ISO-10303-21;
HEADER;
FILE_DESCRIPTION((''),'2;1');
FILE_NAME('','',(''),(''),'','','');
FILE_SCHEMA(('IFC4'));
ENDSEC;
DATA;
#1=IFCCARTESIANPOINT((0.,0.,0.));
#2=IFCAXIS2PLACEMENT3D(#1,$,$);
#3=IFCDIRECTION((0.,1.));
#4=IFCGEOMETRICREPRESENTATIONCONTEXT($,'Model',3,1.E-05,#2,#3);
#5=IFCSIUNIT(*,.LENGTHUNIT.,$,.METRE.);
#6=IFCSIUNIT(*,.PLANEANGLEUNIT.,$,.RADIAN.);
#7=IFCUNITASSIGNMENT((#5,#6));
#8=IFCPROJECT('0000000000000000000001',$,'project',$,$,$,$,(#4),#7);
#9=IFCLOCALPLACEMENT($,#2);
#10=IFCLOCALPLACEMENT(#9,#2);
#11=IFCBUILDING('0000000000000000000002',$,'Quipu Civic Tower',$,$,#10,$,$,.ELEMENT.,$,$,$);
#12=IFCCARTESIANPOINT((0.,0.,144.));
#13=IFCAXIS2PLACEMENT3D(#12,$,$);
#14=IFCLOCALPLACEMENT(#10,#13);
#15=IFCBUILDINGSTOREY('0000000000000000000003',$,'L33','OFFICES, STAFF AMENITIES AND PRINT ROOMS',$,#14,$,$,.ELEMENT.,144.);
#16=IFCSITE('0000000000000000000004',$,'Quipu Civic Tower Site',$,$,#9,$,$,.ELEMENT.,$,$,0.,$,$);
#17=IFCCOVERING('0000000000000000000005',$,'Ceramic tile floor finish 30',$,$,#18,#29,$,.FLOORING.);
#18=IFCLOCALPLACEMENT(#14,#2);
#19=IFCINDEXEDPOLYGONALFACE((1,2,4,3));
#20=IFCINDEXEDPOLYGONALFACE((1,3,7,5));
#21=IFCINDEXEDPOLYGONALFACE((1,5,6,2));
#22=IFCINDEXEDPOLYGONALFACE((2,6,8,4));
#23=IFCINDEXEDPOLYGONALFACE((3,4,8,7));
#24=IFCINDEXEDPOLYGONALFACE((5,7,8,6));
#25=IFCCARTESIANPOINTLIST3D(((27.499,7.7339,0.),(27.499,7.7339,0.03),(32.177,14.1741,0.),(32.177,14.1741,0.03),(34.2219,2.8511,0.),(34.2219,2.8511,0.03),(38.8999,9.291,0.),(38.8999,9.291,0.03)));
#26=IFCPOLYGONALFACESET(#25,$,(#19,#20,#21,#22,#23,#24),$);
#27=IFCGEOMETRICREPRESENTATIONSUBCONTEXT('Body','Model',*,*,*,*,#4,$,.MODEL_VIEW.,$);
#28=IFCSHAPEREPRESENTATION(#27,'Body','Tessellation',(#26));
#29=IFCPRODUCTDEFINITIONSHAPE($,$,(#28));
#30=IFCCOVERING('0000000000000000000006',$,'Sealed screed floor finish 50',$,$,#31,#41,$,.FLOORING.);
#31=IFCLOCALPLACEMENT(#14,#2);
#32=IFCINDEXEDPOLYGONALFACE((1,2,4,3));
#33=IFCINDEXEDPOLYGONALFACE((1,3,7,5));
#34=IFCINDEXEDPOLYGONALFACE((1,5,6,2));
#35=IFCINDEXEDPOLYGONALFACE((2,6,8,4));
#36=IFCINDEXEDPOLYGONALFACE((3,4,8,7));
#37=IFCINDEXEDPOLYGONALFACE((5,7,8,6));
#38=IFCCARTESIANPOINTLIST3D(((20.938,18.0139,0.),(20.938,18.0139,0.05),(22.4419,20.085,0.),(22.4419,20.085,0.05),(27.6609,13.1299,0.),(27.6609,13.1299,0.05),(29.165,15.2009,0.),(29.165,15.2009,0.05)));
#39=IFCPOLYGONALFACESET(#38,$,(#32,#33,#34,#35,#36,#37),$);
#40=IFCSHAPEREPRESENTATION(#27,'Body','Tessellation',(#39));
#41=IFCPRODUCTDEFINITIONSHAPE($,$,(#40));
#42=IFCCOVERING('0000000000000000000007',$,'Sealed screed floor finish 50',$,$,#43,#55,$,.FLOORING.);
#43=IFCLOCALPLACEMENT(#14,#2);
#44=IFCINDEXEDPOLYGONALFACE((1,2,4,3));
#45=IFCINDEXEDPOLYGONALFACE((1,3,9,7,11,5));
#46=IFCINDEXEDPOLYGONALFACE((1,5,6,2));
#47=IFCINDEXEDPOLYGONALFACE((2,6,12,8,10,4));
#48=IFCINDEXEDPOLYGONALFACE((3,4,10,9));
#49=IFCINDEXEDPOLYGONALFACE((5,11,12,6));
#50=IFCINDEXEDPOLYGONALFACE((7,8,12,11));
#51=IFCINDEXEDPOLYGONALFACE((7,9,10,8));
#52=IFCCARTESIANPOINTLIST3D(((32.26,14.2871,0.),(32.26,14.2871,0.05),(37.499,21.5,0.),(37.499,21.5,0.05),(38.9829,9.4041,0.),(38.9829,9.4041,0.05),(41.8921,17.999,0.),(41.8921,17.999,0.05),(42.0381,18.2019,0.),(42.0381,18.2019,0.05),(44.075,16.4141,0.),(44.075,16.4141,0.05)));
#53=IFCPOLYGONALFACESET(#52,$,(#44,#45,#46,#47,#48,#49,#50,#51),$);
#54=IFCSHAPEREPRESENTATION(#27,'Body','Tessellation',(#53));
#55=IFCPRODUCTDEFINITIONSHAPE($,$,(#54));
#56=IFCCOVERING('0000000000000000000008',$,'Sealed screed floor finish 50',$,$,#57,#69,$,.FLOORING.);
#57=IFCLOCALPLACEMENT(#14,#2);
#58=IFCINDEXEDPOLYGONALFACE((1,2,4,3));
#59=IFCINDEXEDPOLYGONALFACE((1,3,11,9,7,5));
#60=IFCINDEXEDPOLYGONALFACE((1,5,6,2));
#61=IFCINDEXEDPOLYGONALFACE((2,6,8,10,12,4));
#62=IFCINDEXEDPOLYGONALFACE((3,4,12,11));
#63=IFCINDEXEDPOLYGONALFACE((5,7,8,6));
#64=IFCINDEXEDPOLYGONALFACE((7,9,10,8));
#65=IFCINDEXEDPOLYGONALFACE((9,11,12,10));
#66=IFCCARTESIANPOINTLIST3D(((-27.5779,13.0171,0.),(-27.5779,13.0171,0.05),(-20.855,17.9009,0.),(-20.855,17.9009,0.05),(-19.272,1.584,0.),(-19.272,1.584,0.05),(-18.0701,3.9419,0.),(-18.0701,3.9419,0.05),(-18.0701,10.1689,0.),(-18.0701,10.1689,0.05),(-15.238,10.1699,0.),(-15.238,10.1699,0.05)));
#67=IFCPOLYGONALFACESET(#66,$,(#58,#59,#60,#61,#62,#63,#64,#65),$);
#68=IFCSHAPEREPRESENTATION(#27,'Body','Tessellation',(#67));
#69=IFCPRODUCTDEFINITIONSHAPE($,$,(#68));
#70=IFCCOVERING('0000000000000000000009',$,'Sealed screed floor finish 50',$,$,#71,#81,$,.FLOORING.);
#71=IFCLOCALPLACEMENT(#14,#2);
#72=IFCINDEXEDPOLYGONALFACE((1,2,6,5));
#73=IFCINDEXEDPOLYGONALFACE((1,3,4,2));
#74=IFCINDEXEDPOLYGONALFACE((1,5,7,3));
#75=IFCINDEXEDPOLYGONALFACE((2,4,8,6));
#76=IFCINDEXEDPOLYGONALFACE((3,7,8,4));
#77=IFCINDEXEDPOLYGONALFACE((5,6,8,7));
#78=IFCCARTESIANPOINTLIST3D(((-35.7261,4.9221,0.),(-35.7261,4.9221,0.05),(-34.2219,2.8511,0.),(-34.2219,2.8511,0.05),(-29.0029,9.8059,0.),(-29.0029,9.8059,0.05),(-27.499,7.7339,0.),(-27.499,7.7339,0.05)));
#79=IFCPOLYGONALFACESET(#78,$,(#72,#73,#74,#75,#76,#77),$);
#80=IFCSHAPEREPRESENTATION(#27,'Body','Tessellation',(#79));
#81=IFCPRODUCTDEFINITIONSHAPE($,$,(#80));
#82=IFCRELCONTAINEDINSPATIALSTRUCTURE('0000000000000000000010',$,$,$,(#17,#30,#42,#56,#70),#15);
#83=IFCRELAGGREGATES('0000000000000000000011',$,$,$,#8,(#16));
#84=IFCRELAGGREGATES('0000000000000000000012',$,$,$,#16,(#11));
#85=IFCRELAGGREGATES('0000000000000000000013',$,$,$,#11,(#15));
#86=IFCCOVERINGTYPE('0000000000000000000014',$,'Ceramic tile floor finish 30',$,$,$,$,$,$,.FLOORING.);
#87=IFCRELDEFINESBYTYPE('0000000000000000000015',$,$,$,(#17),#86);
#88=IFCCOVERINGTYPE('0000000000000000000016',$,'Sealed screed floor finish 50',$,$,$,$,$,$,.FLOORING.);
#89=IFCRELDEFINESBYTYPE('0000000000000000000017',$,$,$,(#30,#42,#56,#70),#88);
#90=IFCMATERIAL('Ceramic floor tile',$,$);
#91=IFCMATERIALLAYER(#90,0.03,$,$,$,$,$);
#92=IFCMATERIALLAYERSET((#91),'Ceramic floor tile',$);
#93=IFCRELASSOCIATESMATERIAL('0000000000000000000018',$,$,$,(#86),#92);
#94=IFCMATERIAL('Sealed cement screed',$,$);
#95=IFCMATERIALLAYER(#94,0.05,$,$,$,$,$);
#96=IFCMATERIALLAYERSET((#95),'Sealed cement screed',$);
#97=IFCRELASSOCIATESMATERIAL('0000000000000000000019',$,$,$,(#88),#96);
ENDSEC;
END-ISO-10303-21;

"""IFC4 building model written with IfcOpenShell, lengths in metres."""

from ifc_helpers import new_model, si_unit, direction, frame, origin, place, context, subcontext, project, spatial, polyline, outline, extrude, material, layer, layer_set, type_object, element, save


model = new_model("IFC4")

# Units and contexts
model_context = context("Model", 3, precision=1e-05, world=origin(), true_north=direction((0.0, 1.0)))
body_context = subcontext(model_context, "Body", "Model", "MODEL_VIEW")
ifc_project = project(units=[si_unit("LENGTHUNIT", "METRE"), si_unit("PLANEANGLEUNIT", "RADIAN")], contexts=[model_context])

# Site, building, storey
site_placement = place(None, origin())
site = spatial("IfcSite", under=ifc_project, at=site_placement, Name="Quipu Civic Tower Site", CompositionType="ELEMENT", RefElevation=0.0)
building_placement = place(site_placement, origin())
building = spatial("IfcBuilding", under=site, at=building_placement, Name="Quipu Civic Tower", CompositionType="ELEMENT")
storey_placement = place(building_placement, frame((0.0, 0.0, 144.0)))
storey = spatial("IfcBuildingStorey", under=building, at=storey_placement, Name="L33", Description="OFFICES, STAFF AMENITIES AND PRINT ROOMS", CompositionType="ELEMENT", Elevation=144.0)

# Coverings
ifc_material_1 = material(Name="Ceramic floor tile")
ifc_layer_1 = layer(ifc_material_1, 0.03)
ifc_layer_set_1 = layer_set([ifc_layer_1], Name="Ceramic floor tile")
covering_type_1 = type_object("IfcCoveringType", Name="Ceramic tile floor finish 30", PredefinedType="FLOORING", material=ifc_layer_set_1)
covering_1_placement = place(storey_placement, origin())
element("IfcCovering", 1, at=covering_1_placement, inside=storey, type_object=covering_type_1, Name="Ceramic tile floor finish 30", PredefinedType="FLOORING", context=body_context, shape_type="SweptSolid", body=[
    extrude(outline(polyline([(27.499, 7.7339), (32.177, 14.1741), (38.8999, 9.291), (34.2219, 2.8511), (27.499, 7.7339)])), origin(), (0.0, 0.0, 1.0), 0.03),
])
ifc_material_2 = material(Name="Sealed cement screed")
ifc_layer_2 = layer(ifc_material_2, 0.05)
ifc_layer_set_2 = layer_set([ifc_layer_2], Name="Sealed cement screed")
covering_type_2 = type_object("IfcCoveringType", Name="Sealed screed floor finish 50", PredefinedType="FLOORING", material=ifc_layer_set_2)
covering_2_placement = place(storey_placement, origin())
element("IfcCovering", 2, at=covering_2_placement, inside=storey, type_object=covering_type_2, Name="Sealed screed floor finish 50", PredefinedType="FLOORING", context=body_context, shape_type="SweptSolid", body=[
    extrude(outline(polyline([(20.938, 18.0139), (22.4419, 20.085), (29.165, 15.2009), (27.6609, 13.1299), (20.938, 18.0139)])), origin(), (0.0, 0.0, 1.0), 0.05),
])
covering_3_placement = place(storey_placement, origin())
element("IfcCovering", 3, at=covering_3_placement, inside=storey, type_object=covering_type_2, Name="Sealed screed floor finish 50", PredefinedType="FLOORING", context=body_context, shape_type="SweptSolid", body=[
    extrude(outline(polyline([(32.26, 14.2871), (37.499, 21.5), (42.0381, 18.2019), (41.8921, 17.999), (44.075, 16.4141), (38.9829, 9.4041), (32.26, 14.2871)])), origin(), (0.0, 0.0, 1.0), 0.05),
])
covering_4_placement = place(storey_placement, origin())
element("IfcCovering", 4, at=covering_4_placement, inside=storey, type_object=covering_type_2, Name="Sealed screed floor finish 50", PredefinedType="FLOORING", context=body_context, shape_type="SweptSolid", body=[
    extrude(outline(polyline([(-27.5779, 13.0171), (-20.855, 17.9009), (-15.238, 10.1699), (-18.0701, 10.1689), (-18.0701, 3.9419), (-19.272, 1.584), (-27.5779, 13.0171)])), origin(), (0.0, 0.0, 1.0), 0.05),
])
covering_5_placement = place(storey_placement, origin())
element("IfcCovering", 5, at=covering_5_placement, inside=storey, type_object=covering_type_2, Name="Sealed screed floor finish 50", PredefinedType="FLOORING", context=body_context, shape_type="SweptSolid", body=[
    extrude(outline(polyline([(-35.7261, 4.9221), (-29.0029, 9.8059), (-27.499, 7.7339), (-34.2219, 2.8511), (-35.7261, 4.9221)])), origin(), (0.0, 0.0, 1.0), 0.05),
])

save(model, "model.ifc")
